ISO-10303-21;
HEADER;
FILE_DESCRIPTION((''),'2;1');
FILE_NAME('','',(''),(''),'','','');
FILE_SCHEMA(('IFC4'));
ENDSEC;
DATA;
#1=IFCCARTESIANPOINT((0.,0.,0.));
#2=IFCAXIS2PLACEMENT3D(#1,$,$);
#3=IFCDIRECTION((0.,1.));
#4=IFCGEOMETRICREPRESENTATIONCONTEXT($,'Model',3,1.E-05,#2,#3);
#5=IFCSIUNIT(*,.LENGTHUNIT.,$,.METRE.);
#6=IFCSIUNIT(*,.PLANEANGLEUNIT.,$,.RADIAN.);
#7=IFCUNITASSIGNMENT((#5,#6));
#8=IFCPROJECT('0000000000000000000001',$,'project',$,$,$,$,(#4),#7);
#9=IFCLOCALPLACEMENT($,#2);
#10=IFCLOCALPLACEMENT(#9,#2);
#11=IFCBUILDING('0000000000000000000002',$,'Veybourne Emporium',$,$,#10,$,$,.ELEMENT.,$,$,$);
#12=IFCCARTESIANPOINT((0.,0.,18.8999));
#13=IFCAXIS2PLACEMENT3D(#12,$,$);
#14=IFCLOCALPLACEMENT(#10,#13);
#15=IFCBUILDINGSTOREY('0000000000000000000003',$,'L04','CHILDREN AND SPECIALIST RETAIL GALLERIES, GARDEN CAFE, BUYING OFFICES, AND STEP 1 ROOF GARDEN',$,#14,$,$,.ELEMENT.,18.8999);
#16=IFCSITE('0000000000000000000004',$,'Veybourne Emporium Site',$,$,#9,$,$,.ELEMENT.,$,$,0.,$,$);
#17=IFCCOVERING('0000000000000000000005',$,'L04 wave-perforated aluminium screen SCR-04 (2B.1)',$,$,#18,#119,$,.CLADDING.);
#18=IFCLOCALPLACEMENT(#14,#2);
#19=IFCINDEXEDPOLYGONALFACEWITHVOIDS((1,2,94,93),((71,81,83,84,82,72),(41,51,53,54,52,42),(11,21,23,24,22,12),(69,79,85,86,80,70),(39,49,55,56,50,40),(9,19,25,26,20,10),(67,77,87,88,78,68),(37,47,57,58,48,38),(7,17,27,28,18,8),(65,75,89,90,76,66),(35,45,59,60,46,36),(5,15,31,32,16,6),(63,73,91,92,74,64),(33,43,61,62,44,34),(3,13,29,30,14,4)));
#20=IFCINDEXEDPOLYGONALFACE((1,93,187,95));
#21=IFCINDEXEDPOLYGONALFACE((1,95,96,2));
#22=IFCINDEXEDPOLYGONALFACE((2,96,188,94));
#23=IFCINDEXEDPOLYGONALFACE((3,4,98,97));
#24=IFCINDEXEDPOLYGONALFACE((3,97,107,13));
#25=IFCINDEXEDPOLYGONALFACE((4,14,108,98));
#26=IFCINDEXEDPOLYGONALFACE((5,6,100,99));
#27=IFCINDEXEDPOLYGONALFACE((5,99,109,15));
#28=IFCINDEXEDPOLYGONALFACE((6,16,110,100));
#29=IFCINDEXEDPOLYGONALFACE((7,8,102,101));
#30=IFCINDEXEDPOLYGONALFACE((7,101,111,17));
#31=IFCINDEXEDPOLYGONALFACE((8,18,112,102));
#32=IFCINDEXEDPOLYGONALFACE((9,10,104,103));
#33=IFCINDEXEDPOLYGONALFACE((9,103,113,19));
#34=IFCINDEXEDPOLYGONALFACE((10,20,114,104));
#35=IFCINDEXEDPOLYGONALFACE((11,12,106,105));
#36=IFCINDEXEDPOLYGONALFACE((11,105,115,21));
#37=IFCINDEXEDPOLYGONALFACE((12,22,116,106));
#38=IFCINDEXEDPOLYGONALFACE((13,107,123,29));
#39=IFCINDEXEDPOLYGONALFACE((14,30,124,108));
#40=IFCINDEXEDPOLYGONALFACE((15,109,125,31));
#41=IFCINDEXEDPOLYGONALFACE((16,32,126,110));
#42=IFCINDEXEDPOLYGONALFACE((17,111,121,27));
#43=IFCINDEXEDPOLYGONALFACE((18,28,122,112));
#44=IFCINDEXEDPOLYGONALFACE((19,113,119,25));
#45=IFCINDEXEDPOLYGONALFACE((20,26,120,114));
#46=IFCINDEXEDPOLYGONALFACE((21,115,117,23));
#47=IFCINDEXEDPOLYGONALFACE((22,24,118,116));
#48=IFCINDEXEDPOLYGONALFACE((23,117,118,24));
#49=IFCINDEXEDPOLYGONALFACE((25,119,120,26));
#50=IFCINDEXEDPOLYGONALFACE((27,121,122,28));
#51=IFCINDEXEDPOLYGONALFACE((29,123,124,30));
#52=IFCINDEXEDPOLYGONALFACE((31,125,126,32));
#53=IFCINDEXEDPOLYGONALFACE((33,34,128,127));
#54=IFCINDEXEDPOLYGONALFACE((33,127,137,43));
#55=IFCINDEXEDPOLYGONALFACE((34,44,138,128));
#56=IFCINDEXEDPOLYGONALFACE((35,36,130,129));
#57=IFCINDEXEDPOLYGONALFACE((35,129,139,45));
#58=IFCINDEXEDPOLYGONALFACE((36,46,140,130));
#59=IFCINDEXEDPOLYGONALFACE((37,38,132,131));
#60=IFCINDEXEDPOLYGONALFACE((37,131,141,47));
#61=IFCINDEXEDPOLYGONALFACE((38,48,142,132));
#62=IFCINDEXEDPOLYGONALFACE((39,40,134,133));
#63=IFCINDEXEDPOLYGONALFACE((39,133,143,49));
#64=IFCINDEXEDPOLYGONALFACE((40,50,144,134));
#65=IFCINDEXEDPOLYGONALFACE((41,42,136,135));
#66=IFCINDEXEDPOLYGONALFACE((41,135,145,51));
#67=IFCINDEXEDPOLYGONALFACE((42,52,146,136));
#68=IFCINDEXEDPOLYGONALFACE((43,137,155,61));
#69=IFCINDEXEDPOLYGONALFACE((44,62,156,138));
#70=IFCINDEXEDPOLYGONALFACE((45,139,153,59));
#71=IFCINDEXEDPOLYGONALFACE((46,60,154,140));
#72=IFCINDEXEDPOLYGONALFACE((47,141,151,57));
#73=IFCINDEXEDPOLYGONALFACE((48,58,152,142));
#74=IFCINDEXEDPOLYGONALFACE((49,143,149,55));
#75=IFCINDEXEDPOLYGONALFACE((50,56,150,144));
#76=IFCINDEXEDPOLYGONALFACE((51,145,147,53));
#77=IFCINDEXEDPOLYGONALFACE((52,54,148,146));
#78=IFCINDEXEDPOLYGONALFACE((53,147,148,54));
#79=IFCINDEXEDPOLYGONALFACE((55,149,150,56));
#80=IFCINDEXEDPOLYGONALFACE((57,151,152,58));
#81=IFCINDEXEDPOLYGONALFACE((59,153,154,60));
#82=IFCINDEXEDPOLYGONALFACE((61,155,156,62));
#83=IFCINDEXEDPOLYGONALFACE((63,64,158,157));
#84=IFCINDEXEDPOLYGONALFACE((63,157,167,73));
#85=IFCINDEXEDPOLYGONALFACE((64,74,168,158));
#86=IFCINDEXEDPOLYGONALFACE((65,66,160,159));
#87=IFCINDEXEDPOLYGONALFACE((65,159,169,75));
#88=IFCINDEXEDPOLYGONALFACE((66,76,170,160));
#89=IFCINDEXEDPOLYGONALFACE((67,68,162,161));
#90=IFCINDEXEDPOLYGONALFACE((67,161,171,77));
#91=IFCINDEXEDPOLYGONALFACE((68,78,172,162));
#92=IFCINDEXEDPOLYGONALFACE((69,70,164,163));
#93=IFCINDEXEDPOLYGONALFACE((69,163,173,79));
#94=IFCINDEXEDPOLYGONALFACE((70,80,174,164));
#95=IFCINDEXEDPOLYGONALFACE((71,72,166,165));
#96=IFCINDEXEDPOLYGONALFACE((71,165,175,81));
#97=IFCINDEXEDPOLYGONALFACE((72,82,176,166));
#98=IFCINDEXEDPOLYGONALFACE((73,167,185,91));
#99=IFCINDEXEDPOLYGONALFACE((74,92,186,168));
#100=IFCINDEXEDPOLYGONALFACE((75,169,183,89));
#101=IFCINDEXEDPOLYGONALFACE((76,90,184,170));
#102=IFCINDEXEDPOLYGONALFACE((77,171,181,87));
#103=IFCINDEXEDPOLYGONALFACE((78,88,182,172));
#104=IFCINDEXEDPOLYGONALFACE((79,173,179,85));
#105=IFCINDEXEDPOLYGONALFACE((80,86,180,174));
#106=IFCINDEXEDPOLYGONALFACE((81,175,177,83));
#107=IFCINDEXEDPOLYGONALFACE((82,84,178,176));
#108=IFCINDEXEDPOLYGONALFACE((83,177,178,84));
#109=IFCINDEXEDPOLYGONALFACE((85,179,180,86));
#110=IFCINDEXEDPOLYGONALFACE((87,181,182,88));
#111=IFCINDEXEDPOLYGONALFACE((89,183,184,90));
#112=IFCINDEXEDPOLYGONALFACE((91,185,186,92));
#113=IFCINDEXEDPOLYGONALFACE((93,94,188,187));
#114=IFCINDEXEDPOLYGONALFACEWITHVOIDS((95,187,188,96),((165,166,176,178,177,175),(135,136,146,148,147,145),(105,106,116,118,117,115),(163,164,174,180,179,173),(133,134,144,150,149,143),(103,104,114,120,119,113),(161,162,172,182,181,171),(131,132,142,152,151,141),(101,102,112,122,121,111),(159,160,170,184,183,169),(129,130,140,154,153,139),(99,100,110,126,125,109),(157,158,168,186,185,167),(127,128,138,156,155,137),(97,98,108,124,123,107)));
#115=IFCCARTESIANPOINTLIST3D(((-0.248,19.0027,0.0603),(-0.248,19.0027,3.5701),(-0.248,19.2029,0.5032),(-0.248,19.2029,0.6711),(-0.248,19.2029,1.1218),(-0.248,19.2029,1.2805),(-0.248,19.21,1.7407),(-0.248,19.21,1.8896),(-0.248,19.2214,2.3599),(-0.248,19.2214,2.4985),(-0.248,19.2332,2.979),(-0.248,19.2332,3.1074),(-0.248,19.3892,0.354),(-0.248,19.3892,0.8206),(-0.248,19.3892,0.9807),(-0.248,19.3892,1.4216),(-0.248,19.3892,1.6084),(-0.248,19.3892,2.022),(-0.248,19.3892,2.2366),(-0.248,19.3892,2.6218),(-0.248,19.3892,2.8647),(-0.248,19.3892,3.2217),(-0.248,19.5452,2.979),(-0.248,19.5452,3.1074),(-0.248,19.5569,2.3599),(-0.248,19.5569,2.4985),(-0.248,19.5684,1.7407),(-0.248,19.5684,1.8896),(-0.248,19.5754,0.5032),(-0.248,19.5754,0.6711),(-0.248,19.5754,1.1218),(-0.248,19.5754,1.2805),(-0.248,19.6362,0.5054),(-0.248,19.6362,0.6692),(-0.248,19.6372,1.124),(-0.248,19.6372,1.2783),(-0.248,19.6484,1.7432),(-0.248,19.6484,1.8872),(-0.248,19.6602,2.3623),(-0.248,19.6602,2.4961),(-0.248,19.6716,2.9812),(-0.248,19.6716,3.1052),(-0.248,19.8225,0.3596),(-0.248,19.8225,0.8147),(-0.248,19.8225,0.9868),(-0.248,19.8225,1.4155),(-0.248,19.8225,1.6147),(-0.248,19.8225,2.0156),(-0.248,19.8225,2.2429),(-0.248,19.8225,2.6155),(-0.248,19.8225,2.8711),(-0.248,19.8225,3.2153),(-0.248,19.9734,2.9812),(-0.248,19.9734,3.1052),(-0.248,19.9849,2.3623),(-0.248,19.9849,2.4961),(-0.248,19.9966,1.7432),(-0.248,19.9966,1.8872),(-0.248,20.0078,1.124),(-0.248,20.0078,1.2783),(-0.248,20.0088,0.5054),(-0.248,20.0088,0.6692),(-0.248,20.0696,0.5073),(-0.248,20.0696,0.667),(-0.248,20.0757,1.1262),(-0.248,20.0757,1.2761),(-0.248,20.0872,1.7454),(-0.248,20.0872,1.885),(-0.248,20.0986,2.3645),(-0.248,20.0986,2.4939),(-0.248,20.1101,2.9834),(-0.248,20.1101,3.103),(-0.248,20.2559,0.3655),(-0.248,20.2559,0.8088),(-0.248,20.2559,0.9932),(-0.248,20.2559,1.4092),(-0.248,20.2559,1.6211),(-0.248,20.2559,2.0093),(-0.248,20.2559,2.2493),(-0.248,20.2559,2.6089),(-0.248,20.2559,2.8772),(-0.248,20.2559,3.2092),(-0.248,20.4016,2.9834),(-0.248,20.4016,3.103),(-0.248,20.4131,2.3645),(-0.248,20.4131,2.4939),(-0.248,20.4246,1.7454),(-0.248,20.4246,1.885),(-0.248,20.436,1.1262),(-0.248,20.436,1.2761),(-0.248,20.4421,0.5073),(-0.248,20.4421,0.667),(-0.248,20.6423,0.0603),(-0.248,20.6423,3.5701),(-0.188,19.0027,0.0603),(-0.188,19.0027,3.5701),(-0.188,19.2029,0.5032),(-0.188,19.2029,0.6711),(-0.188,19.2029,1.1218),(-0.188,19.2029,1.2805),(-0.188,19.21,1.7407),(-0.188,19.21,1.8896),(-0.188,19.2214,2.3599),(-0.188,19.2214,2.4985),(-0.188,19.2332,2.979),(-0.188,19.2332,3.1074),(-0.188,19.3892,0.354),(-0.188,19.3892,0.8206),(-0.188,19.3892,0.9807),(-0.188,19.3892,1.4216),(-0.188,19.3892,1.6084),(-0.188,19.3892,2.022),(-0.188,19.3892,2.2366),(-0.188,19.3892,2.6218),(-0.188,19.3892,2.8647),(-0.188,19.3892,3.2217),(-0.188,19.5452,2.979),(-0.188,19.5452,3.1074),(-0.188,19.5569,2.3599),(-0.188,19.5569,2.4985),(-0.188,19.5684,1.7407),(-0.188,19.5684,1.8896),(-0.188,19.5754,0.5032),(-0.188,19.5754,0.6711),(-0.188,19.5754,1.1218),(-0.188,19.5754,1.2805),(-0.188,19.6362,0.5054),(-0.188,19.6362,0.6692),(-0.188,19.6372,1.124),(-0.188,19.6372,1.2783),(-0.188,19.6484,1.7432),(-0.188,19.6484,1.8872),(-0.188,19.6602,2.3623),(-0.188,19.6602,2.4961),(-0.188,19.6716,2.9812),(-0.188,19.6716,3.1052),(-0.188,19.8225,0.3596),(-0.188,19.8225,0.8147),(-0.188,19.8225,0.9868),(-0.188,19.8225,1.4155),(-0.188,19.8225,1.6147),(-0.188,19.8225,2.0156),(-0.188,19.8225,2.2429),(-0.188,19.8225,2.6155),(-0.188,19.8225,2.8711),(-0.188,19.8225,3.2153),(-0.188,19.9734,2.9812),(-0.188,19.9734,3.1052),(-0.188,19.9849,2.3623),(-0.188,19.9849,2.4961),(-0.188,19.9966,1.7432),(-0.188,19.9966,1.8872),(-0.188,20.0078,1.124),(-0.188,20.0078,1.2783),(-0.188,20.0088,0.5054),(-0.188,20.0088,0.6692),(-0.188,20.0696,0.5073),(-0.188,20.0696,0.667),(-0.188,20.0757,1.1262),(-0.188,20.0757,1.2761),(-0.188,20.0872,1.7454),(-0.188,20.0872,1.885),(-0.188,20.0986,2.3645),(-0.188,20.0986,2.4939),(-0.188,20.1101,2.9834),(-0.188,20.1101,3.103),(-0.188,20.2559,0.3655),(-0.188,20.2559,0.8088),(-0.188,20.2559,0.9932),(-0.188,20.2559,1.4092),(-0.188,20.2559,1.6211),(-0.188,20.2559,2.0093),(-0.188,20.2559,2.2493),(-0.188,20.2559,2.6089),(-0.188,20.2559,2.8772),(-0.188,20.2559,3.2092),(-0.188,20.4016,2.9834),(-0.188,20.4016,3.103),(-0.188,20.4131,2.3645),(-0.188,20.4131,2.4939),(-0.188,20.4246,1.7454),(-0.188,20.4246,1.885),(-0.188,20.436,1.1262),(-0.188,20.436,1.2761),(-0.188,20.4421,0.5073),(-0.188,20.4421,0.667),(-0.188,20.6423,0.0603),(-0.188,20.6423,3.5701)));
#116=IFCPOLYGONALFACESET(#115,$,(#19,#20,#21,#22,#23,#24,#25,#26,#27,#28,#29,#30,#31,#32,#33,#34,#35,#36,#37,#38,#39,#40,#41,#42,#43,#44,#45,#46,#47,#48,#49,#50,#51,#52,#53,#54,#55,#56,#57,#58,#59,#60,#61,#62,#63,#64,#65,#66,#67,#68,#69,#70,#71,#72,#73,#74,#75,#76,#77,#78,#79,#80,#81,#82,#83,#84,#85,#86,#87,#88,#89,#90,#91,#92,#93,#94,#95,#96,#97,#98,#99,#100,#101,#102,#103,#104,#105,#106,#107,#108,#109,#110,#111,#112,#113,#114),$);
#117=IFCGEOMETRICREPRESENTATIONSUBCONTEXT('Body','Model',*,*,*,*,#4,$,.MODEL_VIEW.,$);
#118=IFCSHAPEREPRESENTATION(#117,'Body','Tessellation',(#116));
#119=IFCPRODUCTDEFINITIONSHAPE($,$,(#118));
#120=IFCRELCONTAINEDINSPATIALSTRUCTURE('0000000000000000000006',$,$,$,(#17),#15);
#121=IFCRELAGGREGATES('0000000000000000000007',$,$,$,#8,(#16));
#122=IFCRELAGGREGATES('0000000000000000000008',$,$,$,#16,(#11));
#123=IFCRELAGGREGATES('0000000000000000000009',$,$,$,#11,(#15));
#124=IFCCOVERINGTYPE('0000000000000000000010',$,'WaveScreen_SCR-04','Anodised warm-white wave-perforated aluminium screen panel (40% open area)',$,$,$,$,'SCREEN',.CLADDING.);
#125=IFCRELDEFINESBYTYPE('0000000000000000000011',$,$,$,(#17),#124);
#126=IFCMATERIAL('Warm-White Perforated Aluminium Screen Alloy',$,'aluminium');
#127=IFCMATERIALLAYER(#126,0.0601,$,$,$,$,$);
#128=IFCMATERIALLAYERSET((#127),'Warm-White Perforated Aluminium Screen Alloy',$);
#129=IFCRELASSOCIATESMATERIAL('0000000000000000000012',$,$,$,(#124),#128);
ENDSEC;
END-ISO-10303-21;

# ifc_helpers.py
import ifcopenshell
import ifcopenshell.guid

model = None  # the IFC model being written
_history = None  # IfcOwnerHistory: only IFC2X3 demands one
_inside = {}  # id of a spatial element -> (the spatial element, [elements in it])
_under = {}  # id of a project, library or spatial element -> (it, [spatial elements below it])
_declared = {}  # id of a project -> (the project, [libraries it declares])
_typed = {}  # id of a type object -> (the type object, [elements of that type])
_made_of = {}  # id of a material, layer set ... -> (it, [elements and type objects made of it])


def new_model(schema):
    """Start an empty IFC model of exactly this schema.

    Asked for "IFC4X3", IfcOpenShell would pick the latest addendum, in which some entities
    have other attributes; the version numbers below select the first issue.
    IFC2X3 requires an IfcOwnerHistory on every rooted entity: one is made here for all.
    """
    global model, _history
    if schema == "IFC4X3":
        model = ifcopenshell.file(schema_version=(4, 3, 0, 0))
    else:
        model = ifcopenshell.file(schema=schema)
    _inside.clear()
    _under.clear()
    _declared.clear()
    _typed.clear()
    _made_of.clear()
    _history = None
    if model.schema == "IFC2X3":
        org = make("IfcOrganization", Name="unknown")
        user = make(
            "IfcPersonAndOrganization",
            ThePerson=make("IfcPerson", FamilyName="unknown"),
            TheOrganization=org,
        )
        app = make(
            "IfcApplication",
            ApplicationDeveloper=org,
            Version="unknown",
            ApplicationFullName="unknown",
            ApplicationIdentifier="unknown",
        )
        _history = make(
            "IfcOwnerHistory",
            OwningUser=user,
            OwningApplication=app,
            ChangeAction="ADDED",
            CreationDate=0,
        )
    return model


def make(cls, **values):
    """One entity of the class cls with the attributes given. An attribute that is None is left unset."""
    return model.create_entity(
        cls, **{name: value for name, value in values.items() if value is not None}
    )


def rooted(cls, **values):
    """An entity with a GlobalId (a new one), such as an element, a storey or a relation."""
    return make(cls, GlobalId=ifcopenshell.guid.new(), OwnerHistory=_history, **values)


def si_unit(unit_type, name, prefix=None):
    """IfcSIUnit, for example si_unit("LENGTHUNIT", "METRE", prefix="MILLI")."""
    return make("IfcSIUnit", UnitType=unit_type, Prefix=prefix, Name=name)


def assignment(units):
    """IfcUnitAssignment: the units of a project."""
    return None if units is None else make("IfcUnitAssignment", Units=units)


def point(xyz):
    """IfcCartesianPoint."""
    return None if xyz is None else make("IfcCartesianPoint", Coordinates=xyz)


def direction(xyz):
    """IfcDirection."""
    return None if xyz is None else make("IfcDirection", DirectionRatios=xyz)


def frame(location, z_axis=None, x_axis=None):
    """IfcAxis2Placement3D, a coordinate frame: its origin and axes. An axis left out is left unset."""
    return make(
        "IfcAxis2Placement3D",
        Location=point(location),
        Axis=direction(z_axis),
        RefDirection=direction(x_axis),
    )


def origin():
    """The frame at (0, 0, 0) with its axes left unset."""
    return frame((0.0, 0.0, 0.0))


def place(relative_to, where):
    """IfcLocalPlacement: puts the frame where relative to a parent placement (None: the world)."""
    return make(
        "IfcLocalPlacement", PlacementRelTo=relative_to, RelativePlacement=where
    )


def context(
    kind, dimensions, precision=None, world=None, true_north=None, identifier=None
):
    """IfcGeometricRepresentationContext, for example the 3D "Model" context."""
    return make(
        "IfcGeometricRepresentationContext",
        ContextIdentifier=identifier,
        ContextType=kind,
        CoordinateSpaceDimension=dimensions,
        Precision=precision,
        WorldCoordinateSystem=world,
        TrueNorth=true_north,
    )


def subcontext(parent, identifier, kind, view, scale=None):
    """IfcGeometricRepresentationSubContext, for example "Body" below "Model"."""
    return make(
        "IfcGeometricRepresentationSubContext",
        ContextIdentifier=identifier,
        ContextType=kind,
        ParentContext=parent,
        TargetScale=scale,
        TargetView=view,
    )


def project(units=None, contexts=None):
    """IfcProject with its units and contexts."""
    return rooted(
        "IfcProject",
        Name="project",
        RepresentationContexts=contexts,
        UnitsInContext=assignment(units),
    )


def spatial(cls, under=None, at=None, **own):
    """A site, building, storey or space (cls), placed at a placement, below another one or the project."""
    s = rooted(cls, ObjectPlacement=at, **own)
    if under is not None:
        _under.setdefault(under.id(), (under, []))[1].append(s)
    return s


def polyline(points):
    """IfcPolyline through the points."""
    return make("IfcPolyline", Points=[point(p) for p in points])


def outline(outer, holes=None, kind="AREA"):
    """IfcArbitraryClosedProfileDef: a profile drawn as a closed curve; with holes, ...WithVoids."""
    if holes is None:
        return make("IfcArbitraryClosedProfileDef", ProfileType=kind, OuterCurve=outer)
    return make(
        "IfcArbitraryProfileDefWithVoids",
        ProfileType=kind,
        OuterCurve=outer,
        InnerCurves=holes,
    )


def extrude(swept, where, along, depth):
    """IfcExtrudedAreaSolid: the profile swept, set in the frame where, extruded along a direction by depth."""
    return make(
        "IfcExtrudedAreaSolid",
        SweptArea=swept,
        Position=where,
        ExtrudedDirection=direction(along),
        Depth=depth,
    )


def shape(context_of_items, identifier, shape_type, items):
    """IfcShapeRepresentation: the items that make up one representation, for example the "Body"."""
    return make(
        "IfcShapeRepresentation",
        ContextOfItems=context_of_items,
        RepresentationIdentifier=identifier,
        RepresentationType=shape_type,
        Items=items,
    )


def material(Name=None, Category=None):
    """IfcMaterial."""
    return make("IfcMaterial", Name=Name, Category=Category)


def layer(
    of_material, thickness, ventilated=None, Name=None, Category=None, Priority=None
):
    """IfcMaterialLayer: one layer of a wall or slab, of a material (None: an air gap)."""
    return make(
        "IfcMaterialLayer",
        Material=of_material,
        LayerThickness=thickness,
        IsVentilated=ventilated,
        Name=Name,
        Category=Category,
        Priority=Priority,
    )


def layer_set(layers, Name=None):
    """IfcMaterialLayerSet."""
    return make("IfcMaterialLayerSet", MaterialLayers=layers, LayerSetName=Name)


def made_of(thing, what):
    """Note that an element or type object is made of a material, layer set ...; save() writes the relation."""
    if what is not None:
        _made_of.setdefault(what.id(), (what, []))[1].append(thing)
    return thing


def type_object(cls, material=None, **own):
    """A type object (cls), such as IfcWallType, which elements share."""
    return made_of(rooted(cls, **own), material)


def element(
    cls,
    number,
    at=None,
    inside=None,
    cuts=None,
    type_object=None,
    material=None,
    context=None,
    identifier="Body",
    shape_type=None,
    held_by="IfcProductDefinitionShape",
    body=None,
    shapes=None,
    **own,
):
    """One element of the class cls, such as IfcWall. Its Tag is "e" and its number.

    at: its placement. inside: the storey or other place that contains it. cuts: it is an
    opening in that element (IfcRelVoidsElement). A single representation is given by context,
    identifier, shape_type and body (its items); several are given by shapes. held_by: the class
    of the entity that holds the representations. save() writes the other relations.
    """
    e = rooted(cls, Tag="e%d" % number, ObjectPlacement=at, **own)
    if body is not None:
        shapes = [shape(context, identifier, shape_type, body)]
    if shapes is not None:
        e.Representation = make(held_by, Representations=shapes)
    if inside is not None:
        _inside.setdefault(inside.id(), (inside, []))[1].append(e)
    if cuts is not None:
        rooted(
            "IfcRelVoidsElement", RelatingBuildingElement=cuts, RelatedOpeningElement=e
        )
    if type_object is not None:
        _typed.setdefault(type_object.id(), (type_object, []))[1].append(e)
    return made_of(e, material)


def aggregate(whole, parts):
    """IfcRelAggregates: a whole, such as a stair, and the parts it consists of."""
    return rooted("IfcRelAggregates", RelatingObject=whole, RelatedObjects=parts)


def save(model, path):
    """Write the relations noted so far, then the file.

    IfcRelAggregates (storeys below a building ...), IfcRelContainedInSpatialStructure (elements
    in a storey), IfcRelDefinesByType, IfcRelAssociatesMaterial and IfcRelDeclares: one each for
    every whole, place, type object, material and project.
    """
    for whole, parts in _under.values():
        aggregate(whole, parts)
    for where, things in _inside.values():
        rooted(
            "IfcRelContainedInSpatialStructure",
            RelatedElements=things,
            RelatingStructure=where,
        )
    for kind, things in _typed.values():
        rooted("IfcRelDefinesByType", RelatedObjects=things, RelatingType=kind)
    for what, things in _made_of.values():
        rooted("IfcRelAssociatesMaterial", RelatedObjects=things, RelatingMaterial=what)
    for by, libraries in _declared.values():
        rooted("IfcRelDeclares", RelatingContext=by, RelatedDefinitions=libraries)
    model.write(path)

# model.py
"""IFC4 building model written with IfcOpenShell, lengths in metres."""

from ifc_helpers import new_model, si_unit, direction, frame, origin, place, context, subcontext, project, spatial, polyline, outline, extrude, material, layer, layer_set, type_object, element, save


model = new_model("IFC4")

# Units and contexts
model_context = context("Model", 3, precision=1e-05, world=origin(), true_north=direction((0.0, 1.0)))
body_context = subcontext(model_context, "Body", "Model", "MODEL_VIEW")
ifc_project = project(units=[si_unit("LENGTHUNIT", "METRE"), si_unit("PLANEANGLEUNIT", "RADIAN")], contexts=[model_context])

# Site, building, storey
site_placement = place(None, origin())
site = spatial("IfcSite", under=ifc_project, at=site_placement, Name="Veybourne Emporium Site", CompositionType="ELEMENT", RefElevation=0.0)
building_placement = place(site_placement, origin())
building = spatial("IfcBuilding", under=site, at=building_placement, Name="Veybourne Emporium", CompositionType="ELEMENT")
storey_placement = place(building_placement, frame((0.0, 0.0, 18.8999)))
storey = spatial("IfcBuildingStorey", under=building, at=storey_placement, Name="L04", Description="CHILDREN AND SPECIALIST RETAIL GALLERIES, GARDEN CAFE, BUYING OFFICES, AND STEP 1 ROOF GARDEN", CompositionType="ELEMENT", Elevation=18.8999)

# Covering
ifc_material_1 = material(Name="Warm-White Perforated Aluminium Screen Alloy", Category="aluminium")
ifc_layer_1 = layer(ifc_material_1, 0.0601)
ifc_layer_set_1 = layer_set([ifc_layer_1], Name="Warm-White Perforated Aluminium Screen Alloy")
covering_type_1 = type_object("IfcCoveringType", Name="WaveScreen_SCR-04", Description="Anodised warm-white wave-perforated aluminium screen panel (40% open area)", ElementType="SCREEN", PredefinedType="CLADDING", material=ifc_layer_set_1)
covering_1_placement = place(storey_placement, frame((-0.248, 19.8225, 1.8152), z_axis=(1.0, 0.0, 0.0), x_axis=(0.0, 1.0, 0.0)))
element("IfcCovering", 1, at=covering_1_placement, inside=storey, type_object=covering_type_1, Name="L04 wave-perforated aluminium screen SCR-04 (2B.1)", PredefinedType="CLADDING", context=body_context, shape_type="SweptSolid", body=[
    extrude(outline(polyline([(-0.8198, -1.7549), (0.8198, -1.7549), (0.8198, 1.7549), (-0.8198, 1.7549), (-0.8198, -1.7549)]), holes=[polyline([(-0.4333, -0.9946), (-0.2471, -1.144), (-0.2471, -1.312), (-0.4333, -1.4612), (-0.6196, -1.312), (-0.6196, -1.144), (-0.4333, -0.9946)]), polyline([(-0.4333, -0.3936), (-0.2471, -0.5347), (-0.2471, -0.6934), (-0.4333, -0.8345), (-0.6196, -0.6934), (-0.6196, -0.5347), (-0.4333, -0.3936)]), polyline([(-0.4333, 0.2068), (-0.2542, 0.0745), (-0.2542, -0.0745), (-0.4333, -0.2068), (-0.6125, -0.0745), (-0.6125, 0.0745), (-0.4333, 0.2068)]), polyline([(-0.4333, 0.8066), (-0.2656, 0.6833), (-0.2656, 0.5447), (-0.4333, 0.4214), (-0.6011, 0.5447), (-0.6011, 0.6833), (-0.4333, 0.8066)]), polyline([(-0.4333, 1.4065), (-0.2773, 1.2922), (-0.2773, 1.1638), (-0.4333, 1.0496), (-0.5894, 1.1638), (-0.5894, 1.2922), (-0.4333, 1.4065)]), polyline([(0.0, -1.0005), (0.1863, -1.146), (0.1863, -1.3098), (0.0, -1.4556), (-0.1863, -1.3098), (-0.1863, -1.146), (0.0, -1.0005)]), polyline([(0.0, -0.3997), (0.1853, -0.5369), (0.1853, -0.6912), (0.0, -0.8284), (-0.1853, -0.6912), (-0.1853, -0.5369), (0.0, -0.3997)]), polyline([(0.0, 0.2004), (0.1741, 0.072), (0.1741, -0.072), (0.0, -0.2004), (-0.1741, -0.072), (-0.1741, 0.072), (0.0, 0.2004)]), polyline([(0.0, 0.8003), (0.1624, 0.6809), (0.1624, 0.5471), (0.0, 0.4277), (-0.1624, 0.5471), (-0.1624, 0.6809), (0.0, 0.8003)]), polyline([(0.0, 1.4001), (0.1509, 1.29), (0.1509, 1.166), (0.0, 1.0559), (-0.1509, 1.166), (-0.1509, 1.29), (0.0, 1.4001)]), polyline([(0.4333, -1.0063), (0.6196, -1.1482), (0.6196, -1.3079), (0.4333, -1.4497), (0.2471, -1.3079), (0.2471, -1.1482), (0.4333, -1.0063)]), polyline([(0.4333, -0.406), (0.6135, -0.5391), (0.6135, -0.689), (0.4333, -0.822), (0.2532, -0.689), (0.2532, -0.5391), (0.4333, -0.406)]), polyline([(0.4333, 0.1941), (0.6021, 0.0698), (0.6021, -0.0698), (0.4333, -0.1941), (0.2646, -0.0698), (0.2646, 0.0698), (0.4333, 0.1941)]), polyline([(0.4333, 0.7937), (0.5906, 0.6787), (0.5906, 0.5493), (0.4333, 0.4341), (0.2761, 0.5493), (0.2761, 0.6787), (0.4333, 0.7937)]), polyline([(0.4333, 1.394), (0.5791, 1.2878), (0.5791, 1.1682), (0.4333, 1.062), (0.2876, 1.1682), (0.2876, 1.2878), (0.4333, 1.394)])]), origin(), (0.0, 0.0, 1.0), 0.0601),
])

save(model, "model.ifc")
